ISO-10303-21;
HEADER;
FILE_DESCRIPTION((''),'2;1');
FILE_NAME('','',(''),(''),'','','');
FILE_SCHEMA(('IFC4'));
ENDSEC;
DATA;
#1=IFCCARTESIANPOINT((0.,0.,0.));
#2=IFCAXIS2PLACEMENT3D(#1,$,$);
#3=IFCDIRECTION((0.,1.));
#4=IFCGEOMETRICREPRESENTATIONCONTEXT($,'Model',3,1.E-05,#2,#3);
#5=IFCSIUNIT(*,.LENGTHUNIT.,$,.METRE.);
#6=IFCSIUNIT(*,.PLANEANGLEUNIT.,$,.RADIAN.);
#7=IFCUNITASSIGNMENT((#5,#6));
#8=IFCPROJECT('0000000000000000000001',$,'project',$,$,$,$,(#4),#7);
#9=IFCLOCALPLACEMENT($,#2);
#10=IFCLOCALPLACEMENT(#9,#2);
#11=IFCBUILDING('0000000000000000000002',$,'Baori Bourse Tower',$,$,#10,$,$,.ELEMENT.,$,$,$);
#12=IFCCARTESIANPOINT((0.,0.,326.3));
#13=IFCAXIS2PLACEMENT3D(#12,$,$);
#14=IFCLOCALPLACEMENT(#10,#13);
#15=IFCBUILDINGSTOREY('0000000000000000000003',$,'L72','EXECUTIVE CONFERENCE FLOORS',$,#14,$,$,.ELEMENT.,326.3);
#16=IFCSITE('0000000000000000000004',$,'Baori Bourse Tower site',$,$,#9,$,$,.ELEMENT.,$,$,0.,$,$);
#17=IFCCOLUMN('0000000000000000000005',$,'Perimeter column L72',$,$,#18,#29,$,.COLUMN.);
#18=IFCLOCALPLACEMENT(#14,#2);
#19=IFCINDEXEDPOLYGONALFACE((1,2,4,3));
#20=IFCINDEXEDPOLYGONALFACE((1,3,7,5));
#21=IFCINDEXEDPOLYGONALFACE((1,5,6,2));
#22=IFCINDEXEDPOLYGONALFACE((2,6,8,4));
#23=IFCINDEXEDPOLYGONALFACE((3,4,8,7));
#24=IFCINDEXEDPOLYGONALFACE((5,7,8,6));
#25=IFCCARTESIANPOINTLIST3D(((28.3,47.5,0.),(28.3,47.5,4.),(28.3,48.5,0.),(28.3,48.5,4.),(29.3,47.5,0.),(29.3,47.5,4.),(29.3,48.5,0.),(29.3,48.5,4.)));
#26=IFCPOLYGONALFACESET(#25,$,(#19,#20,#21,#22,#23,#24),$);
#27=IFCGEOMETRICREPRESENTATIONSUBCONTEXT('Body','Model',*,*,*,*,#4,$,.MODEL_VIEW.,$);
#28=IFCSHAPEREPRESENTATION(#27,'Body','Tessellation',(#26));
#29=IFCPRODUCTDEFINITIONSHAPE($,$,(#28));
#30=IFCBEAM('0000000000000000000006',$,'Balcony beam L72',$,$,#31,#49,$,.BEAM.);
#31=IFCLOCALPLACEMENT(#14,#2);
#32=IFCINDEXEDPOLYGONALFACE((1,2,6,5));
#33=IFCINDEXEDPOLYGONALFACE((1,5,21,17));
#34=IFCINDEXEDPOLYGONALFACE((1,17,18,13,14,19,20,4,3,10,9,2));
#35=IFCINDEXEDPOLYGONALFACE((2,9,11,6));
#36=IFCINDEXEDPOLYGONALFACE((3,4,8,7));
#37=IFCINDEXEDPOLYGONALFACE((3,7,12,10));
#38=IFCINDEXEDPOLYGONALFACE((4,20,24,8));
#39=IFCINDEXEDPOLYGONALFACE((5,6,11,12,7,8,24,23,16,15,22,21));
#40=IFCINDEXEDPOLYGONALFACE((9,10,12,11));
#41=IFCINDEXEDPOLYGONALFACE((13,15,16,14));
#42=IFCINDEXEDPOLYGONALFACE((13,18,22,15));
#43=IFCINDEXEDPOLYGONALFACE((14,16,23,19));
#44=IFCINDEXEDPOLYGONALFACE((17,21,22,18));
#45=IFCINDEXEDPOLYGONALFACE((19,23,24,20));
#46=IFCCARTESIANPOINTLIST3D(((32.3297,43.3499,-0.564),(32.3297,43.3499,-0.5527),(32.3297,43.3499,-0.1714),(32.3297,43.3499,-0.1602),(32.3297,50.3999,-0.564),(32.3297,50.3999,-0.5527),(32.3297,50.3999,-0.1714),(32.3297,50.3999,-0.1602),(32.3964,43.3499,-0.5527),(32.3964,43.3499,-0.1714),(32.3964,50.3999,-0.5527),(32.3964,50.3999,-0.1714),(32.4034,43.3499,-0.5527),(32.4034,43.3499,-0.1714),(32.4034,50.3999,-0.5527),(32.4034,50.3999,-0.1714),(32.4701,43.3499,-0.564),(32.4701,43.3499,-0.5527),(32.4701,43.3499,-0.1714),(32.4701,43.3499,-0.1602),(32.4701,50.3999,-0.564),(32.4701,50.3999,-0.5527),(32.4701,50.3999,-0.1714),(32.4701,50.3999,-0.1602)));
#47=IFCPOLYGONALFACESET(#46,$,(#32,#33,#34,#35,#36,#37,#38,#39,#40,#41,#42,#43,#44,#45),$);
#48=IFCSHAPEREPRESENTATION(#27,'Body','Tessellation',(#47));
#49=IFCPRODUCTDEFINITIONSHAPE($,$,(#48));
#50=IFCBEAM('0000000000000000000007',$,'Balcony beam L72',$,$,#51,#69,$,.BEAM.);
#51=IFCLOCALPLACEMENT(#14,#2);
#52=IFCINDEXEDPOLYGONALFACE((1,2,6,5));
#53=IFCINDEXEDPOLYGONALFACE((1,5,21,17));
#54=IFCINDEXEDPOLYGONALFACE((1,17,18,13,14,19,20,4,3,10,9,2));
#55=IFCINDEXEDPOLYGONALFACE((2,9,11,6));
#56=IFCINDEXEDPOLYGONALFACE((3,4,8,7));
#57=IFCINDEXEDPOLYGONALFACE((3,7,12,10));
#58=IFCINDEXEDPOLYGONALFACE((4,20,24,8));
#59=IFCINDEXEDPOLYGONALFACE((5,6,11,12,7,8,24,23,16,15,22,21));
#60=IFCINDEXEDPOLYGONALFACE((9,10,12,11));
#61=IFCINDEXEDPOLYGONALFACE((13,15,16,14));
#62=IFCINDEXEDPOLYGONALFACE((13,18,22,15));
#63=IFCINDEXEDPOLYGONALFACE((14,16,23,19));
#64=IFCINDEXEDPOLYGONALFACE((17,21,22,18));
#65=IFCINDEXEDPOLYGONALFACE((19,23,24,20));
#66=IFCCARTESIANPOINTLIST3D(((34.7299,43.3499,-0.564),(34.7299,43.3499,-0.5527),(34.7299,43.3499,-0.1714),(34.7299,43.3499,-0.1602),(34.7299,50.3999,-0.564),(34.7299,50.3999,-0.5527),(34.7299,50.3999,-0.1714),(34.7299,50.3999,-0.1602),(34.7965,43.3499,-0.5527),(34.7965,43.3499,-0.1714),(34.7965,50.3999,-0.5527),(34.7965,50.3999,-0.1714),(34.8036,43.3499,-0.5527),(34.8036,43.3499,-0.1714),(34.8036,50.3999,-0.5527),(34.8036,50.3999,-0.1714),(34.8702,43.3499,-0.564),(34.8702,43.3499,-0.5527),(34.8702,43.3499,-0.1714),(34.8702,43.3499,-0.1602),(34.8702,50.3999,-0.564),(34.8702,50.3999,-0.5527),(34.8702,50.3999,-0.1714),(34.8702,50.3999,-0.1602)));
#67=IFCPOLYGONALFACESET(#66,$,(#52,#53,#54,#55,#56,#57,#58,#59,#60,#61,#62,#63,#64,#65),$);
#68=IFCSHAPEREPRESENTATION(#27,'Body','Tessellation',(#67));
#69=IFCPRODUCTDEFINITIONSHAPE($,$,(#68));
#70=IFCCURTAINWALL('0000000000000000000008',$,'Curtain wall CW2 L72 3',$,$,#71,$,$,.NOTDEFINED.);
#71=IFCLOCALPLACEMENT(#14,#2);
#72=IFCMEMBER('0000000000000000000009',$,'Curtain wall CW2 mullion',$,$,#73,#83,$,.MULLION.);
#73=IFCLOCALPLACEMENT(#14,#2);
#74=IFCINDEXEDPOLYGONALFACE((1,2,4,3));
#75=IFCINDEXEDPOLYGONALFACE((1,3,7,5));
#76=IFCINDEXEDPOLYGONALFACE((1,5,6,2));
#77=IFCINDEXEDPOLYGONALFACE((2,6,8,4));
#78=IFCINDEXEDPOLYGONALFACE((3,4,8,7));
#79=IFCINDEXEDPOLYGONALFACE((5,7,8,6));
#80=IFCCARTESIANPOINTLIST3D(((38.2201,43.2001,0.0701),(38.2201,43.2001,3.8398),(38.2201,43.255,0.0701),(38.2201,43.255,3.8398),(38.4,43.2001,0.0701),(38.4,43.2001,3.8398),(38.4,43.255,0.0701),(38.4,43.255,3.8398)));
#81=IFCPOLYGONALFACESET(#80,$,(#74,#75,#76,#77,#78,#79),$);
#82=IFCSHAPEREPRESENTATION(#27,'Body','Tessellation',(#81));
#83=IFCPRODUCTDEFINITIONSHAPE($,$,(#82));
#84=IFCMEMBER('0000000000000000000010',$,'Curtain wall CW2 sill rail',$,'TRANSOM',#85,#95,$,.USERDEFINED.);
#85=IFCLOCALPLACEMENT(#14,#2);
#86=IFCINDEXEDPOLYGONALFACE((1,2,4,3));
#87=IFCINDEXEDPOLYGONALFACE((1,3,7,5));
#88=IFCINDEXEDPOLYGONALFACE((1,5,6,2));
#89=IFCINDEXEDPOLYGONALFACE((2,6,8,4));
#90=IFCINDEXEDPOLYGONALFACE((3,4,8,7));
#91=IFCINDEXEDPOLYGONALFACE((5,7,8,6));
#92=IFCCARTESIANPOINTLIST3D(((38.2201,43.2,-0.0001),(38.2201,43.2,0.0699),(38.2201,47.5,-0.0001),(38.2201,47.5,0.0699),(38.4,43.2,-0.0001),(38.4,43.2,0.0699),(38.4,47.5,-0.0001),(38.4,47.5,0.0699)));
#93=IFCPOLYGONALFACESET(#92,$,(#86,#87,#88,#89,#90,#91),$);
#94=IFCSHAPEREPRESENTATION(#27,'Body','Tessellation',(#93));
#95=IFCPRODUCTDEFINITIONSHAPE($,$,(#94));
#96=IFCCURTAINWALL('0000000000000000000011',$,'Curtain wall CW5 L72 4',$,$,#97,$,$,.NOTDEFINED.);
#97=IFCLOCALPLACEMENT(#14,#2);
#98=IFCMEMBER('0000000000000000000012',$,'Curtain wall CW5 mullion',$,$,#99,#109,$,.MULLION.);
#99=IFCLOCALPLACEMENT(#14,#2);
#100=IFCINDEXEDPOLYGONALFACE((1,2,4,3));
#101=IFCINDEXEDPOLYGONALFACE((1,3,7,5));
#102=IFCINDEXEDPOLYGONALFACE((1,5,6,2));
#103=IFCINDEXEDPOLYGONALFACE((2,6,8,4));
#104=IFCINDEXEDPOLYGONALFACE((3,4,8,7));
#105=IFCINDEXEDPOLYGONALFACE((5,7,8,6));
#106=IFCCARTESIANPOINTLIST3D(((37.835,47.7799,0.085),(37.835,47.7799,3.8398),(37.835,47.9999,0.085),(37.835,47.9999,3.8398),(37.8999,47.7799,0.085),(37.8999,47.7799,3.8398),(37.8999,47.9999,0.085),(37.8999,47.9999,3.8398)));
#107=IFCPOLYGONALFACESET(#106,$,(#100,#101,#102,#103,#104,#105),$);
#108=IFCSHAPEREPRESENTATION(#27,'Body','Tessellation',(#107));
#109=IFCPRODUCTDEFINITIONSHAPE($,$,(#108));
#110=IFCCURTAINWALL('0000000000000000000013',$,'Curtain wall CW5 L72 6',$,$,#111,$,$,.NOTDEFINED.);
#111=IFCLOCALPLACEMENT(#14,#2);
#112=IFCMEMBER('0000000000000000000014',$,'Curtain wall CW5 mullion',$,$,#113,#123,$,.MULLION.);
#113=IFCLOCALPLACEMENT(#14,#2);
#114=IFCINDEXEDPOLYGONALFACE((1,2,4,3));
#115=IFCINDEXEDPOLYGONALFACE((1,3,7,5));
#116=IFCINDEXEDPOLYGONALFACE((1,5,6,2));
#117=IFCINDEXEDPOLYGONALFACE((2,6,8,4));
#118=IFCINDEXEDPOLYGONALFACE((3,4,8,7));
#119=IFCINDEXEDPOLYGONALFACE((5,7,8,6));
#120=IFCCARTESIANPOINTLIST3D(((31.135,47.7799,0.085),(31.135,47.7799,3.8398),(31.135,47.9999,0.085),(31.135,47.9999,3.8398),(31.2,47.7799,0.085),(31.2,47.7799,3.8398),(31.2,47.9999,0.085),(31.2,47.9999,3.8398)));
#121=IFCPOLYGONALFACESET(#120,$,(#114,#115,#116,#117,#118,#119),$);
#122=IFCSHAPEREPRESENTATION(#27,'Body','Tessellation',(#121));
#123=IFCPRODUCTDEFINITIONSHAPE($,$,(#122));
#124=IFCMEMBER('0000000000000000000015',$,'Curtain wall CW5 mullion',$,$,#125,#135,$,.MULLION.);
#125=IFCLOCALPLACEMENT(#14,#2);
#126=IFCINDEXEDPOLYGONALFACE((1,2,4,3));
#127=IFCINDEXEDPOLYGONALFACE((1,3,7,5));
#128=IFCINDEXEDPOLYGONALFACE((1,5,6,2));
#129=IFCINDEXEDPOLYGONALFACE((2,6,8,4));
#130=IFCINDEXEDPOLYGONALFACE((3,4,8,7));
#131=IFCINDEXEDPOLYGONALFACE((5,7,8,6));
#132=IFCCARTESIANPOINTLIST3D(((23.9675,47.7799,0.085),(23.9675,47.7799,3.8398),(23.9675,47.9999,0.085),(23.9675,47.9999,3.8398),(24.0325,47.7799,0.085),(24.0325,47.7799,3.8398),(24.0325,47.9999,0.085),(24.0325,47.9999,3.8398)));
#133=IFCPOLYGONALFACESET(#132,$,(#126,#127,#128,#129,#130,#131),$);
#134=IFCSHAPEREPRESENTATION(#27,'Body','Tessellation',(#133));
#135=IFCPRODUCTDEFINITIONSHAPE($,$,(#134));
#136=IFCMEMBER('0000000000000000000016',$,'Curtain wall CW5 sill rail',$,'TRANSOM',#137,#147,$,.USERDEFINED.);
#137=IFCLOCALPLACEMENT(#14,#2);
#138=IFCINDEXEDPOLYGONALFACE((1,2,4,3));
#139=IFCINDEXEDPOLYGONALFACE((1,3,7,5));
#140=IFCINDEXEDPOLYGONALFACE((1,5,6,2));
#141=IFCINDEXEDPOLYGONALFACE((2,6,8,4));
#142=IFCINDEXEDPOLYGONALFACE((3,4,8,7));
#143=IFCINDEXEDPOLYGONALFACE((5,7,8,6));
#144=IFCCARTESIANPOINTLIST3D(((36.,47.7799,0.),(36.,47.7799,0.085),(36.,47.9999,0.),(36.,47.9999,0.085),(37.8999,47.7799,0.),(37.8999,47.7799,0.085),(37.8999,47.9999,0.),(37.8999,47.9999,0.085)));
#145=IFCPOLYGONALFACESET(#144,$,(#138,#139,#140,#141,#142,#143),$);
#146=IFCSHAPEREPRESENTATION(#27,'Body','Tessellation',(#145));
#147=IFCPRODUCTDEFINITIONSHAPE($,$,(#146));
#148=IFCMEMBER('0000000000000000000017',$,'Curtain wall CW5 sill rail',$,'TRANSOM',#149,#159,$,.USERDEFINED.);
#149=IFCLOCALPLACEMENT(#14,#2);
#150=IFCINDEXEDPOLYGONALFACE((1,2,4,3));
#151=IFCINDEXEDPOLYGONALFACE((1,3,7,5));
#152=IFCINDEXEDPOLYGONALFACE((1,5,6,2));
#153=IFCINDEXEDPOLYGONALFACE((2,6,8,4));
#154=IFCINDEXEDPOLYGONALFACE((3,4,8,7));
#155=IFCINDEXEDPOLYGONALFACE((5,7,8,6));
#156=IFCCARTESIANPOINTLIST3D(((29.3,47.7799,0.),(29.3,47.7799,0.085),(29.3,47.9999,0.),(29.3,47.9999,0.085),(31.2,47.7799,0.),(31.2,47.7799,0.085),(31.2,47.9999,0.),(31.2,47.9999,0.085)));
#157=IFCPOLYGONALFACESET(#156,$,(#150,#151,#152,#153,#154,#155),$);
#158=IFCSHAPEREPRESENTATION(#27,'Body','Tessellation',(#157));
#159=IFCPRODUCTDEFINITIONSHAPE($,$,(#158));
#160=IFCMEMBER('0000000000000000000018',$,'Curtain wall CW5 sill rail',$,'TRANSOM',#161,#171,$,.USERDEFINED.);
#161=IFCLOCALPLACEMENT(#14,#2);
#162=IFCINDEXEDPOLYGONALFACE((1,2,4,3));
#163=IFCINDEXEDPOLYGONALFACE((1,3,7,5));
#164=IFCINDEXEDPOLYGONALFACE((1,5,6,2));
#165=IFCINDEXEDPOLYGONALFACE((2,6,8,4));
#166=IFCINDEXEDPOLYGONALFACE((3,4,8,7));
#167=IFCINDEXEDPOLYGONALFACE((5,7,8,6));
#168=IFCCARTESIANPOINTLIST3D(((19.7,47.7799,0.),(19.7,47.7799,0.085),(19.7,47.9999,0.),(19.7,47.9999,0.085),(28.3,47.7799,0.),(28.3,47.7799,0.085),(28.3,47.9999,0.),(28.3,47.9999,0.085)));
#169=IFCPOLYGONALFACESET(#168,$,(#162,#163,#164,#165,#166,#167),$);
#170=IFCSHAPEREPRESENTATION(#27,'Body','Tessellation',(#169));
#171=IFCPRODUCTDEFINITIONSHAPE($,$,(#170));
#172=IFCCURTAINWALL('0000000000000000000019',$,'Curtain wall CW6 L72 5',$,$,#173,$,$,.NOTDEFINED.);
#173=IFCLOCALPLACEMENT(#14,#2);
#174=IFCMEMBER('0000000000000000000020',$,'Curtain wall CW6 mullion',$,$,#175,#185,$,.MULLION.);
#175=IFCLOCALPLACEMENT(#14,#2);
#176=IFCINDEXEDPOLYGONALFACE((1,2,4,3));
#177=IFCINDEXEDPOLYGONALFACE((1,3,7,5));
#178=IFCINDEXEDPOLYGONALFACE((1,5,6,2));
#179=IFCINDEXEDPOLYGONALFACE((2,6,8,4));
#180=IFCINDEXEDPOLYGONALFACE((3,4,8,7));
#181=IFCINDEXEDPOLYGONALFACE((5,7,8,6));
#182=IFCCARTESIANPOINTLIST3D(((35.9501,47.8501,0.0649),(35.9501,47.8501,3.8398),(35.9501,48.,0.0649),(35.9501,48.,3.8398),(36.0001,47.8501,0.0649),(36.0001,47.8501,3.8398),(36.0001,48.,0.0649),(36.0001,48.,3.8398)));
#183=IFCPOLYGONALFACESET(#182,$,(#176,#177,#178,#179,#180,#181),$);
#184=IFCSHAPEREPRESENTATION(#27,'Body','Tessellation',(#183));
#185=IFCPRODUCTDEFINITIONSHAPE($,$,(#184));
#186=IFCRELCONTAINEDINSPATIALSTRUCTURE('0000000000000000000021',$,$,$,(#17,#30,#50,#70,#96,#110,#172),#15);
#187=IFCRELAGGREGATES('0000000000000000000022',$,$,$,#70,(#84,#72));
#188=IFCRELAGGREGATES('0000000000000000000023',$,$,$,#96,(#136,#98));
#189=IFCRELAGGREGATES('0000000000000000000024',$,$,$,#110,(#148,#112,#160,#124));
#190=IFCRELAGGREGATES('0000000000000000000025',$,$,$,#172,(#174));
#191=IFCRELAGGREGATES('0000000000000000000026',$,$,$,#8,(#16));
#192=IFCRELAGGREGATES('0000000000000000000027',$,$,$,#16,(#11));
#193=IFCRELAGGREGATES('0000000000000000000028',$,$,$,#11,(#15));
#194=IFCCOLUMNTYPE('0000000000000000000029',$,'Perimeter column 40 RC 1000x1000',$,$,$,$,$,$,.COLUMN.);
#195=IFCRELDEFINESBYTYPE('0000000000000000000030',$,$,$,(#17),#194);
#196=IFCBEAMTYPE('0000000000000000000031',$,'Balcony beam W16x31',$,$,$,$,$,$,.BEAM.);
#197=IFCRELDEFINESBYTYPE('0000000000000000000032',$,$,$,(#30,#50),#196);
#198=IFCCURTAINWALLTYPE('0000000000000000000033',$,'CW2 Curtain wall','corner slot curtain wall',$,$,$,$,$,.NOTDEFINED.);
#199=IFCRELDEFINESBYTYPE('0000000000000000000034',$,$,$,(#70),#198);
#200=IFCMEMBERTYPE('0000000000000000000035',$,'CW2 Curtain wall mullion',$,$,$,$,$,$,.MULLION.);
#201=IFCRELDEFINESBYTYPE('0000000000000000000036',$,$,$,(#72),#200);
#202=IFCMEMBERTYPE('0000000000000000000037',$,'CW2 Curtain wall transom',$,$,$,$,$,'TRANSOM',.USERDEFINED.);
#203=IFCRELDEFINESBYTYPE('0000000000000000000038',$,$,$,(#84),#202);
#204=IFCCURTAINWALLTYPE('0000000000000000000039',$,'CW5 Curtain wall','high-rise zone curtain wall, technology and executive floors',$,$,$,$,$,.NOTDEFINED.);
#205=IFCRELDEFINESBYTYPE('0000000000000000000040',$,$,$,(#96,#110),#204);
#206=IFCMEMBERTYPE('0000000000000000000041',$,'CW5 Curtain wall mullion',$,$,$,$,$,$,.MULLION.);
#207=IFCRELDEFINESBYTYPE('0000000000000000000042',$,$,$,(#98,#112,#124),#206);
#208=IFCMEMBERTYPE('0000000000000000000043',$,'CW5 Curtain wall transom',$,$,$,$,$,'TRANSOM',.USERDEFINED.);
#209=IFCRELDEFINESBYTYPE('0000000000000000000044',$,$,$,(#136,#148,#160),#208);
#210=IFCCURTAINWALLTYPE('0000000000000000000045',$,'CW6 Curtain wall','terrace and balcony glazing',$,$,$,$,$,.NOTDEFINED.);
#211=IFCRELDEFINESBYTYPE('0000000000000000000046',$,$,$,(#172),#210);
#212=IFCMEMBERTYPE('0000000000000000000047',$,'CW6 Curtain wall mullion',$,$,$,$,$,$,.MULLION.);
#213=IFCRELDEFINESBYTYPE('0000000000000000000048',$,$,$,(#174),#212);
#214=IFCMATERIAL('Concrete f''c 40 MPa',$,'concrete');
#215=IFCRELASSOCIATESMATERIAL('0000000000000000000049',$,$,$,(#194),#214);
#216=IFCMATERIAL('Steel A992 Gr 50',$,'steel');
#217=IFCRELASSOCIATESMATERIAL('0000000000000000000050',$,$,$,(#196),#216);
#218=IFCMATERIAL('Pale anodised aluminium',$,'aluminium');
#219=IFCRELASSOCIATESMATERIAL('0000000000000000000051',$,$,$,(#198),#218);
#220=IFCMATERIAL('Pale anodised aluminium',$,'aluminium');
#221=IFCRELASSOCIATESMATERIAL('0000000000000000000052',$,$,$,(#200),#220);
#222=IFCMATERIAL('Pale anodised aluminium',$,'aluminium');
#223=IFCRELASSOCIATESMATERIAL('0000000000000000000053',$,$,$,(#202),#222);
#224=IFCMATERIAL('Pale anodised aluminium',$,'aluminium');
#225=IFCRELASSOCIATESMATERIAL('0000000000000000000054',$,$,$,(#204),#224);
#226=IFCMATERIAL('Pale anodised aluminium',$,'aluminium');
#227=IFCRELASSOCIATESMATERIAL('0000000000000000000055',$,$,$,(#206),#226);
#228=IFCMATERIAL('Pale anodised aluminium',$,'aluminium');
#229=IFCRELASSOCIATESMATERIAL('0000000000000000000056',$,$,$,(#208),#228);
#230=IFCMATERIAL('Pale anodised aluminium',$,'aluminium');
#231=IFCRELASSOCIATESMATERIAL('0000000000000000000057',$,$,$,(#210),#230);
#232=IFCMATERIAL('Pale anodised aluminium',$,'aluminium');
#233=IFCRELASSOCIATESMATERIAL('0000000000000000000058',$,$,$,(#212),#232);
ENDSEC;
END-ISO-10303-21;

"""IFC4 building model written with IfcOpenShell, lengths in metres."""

from ifc_helpers import new_model, si_unit, direction, frame, origin, origin_2d, place, context, subcontext, project, spatial, rectangle, i_section, extrude, material, material_profile, profile_set, type_object, element, aggregate, save


model = new_model("IFC4")

# Units and contexts
model_context = context("Model", 3, precision=1e-05, world=origin(), true_north=direction((0.0, 1.0)))
body_context = subcontext(model_context, "Body", "Model", "MODEL_VIEW")
ifc_project = project(units=[si_unit("LENGTHUNIT", "METRE"), si_unit("PLANEANGLEUNIT", "RADIAN")], contexts=[model_context])

# Site, building, storey
site_placement = place(None, origin())
site = spatial("IfcSite", under=ifc_project, at=site_placement, Name="Baori Bourse Tower site", CompositionType="ELEMENT", RefElevation=0.0)
building_placement = place(site_placement, origin())
building = spatial("IfcBuilding", under=site, at=building_placement, Name="Baori Bourse Tower", CompositionType="ELEMENT")
storey_placement = place(building_placement, frame((0.0, 0.0, 326.3)))
storey = spatial("IfcBuildingStorey", under=building, at=storey_placement, Name="L72", Description="EXECUTIVE CONFERENCE FLOORS", CompositionType="ELEMENT", Elevation=326.3)

# Column
ifc_material_1 = material(Name="Concrete f'c 40 MPa", Category="concrete")
ifc_material_profile_1 = material_profile(ifc_material_1, rectangle(XDim=1.0, YDim=1.0, at=origin_2d()), Name="RC 1000x1000")
ifc_profile_set_1 = profile_set([ifc_material_profile_1], Name="Concrete f'c 40 MPa")
column_type = type_object("IfcColumnType", Name="Perimeter column 40 RC 1000x1000", PredefinedType="COLUMN", material=ifc_profile_set_1)
column_placement = place(storey_placement, frame((28.8, 48.0, 0.0), z_axis=(0.0, 0.0, 1.0), x_axis=(1.0, 0.0, 0.0)))
element("IfcColumn", 1, at=column_placement, inside=storey, type_object=column_type, Name="Perimeter column L72", PredefinedType="COLUMN", context=body_context, shape_type="SweptSolid", body=[
    extrude(rectangle(XDim=1.0, YDim=1.0, at=origin_2d()), origin(), (0.0, 0.0, 1.0), 4.0),
])

# Beams
ifc_material_2 = material(Name="Steel A992 Gr 50", Category="steel")
ifc_material_profile_2 = material_profile(ifc_material_2, i_section(OverallWidth=0.1404, OverallDepth=0.4038, WebThickness=0.0071, FlangeThickness=0.0112, at=origin_2d()), Name="W16x31")
ifc_profile_set_2 = profile_set([ifc_material_profile_2], Name="Steel A992 Gr 50")
beam_type_1 = type_object("IfcBeamType", Name="Balcony beam W16x31", PredefinedType="BEAM", material=ifc_profile_set_2)
for number, where, z_axis, x_axis, name in (
    (2, (32.3999, 50.3999, -0.3621), (0.0, -1.0, 0.0), (1.0, 0.0, 0.0), "Balcony beam L72"),
    (3, (34.8, 50.3999, -0.3621), (0.0, -1.0, 0.0), (1.0, 0.0, 0.0), "Balcony beam L72"),
):
    element("IfcBeam", number, at=place(storey_placement, frame(where, z_axis=z_axis, x_axis=x_axis)), inside=storey, type_object=beam_type_1, Name=name, PredefinedType="BEAM", context=body_context, shape_type="SweptSolid", body=[
        extrude(i_section(OverallWidth=0.1404, OverallDepth=0.4038, WebThickness=0.0071, FlangeThickness=0.0112, at=origin_2d()), origin(), (0.0, 0.0, 1.0), 7.05),
    ])

# Curtain wall, members
ifc_material_3 = material(Name="Pale anodised aluminium", Category="aluminium")
curtain_wall_type_1 = type_object("IfcCurtainWallType", Name="CW2 Curtain wall", Description="corner slot curtain wall", PredefinedType="NOTDEFINED", material=ifc_material_3)
curtain_wall_1_placement = place(storey_placement, origin())
curtain_wall_1 = element("IfcCurtainWall", 4, at=curtain_wall_1_placement, inside=storey, type_object=curtain_wall_type_1, Name="Curtain wall CW2 L72 3", PredefinedType="NOTDEFINED")
ifc_material_4 = material(Name="Pale anodised aluminium", Category="aluminium")
ifc_material_profile_3 = material_profile(ifc_material_4, rectangle(XDim=0.1799, YDim=0.0549, at=origin_2d()), Name="Mullion 55x180")
ifc_profile_set_3 = profile_set([ifc_material_profile_3], Name="Pale anodised aluminium")
member_type_1 = type_object("IfcMemberType", Name="CW2 Curtain wall mullion", PredefinedType="MULLION", material=ifc_profile_set_3)
member_1_placement = place(storey_placement, frame((38.3101, 43.2275, 0.0701), z_axis=(0.0, 0.0, 1.0), x_axis=(-1.0, 0.0, 0.0)))
member_1 = element("IfcMember", 5, at=member_1_placement, type_object=member_type_1, Name="Curtain wall CW2 mullion", PredefinedType="MULLION", context=body_context, shape_type="SweptSolid", body=[
    extrude(rectangle(XDim=0.1799, YDim=0.0549, at=origin_2d()), origin(), (0.0, 0.0, 1.0), 3.7698),
])
ifc_material_5 = material(Name="Pale anodised aluminium", Category="aluminium")
ifc_material_profile_4 = material_profile(ifc_material_5, rectangle(XDim=0.1799, YDim=0.0701, at=origin_2d()), Name="Transom 70x180")
ifc_profile_set_4 = profile_set([ifc_material_profile_4], Name="Pale anodised aluminium")
member_type_2 = type_object("IfcMemberType", Name="CW2 Curtain wall transom", ElementType="TRANSOM", PredefinedType="USERDEFINED", material=ifc_profile_set_4)
member_2_placement = place(storey_placement, frame((38.3101, 43.2, 0.0349), z_axis=(0.0, 1.0, 0.0), x_axis=(-1.0, 0.0, 0.0)))
member_2 = element("IfcMember", 6, at=member_2_placement, type_object=member_type_2, Name="Curtain wall CW2 sill rail", ObjectType="TRANSOM", PredefinedType="USERDEFINED", context=body_context, shape_type="SweptSolid", body=[
    extrude(rectangle(XDim=0.1799, YDim=0.0701, at=origin_2d()), origin(), (0.0, 0.0, 1.0), 4.3),
])

# Curtain wall, member
ifc_material_6 = material(Name="Pale anodised aluminium", Category="aluminium")
curtain_wall_type_2 = type_object("IfcCurtainWallType", Name="CW5 Curtain wall", Description="high-rise zone curtain wall, technology and executive floors", PredefinedType="NOTDEFINED", material=ifc_material_6)
curtain_wall_2_placement = place(storey_placement, origin())
curtain_wall_2 = element("IfcCurtainWall", 7, at=curtain_wall_2_placement, inside=storey, type_object=curtain_wall_type_2, Name="Curtain wall CW5 L72 4", PredefinedType="NOTDEFINED")
ifc_material_7 = material(Name="Pale anodised aluminium", Category="aluminium")
ifc_material_profile_5 = material_profile(ifc_material_7, rectangle(XDim=0.22, YDim=0.0649, at=origin_2d()), Name="Mullion 65x220")
ifc_profile_set_5 = profile_set([ifc_material_profile_5], Name="Pale anodised aluminium")
member_type_3 = type_object("IfcMemberType", Name="CW5 Curtain wall mullion", PredefinedType="MULLION", material=ifc_profile_set_5)
member_3_placement = place(storey_placement, frame((37.8674, 47.8899, 0.085), z_axis=(0.0, 0.0, 1.0), x_axis=(0.0, -1.0, 0.0)))
member_3 = element("IfcMember", 8, at=member_3_placement, type_object=member_type_3, Name="Curtain wall CW5 mullion", PredefinedType="MULLION", context=body_context, shape_type="SweptSolid", body=[
    extrude(rectangle(XDim=0.22, YDim=0.0649, at=origin_2d()), origin(), (0.0, 0.0, 1.0), 3.7549),
])

# Curtain wall, members
curtain_wall_3_placement = place(storey_placement, origin())
curtain_wall_3 = element("IfcCurtainWall", 9, at=curtain_wall_3_placement, inside=storey, type_object=curtain_wall_type_2, Name="Curtain wall CW5 L72 6", PredefinedType="NOTDEFINED")
member_4_placement = place(storey_placement, frame((31.1675, 47.8899, 0.085), z_axis=(0.0, 0.0, 1.0), x_axis=(0.0, -1.0, 0.0)))
member_4 = element("IfcMember", 10, at=member_4_placement, type_object=member_type_3, Name="Curtain wall CW5 mullion", PredefinedType="MULLION", context=body_context, shape_type="SweptSolid", body=[
    extrude(rectangle(XDim=0.22, YDim=0.0649, at=origin_2d()), origin(), (0.0, 0.0, 1.0), 3.7549),
])
member_5_placement = place(storey_placement, frame((24.0, 47.8899, 0.085), z_axis=(0.0, 0.0, 1.0), x_axis=(0.0, -1.0, 0.0)))
member_5 = element("IfcMember", 11, at=member_5_placement, type_object=member_type_3, Name="Curtain wall CW5 mullion", PredefinedType="MULLION", context=body_context, shape_type="SweptSolid", body=[
    extrude(rectangle(XDim=0.22, YDim=0.0649, at=origin_2d()), origin(), (0.0, 0.0, 1.0), 3.7549),
])

# Members
ifc_material_8 = material(Name="Pale anodised aluminium", Category="aluminium")
ifc_material_profile_6 = material_profile(ifc_material_8, rectangle(XDim=0.22, YDim=0.085, at=origin_2d()), Name="Transom 85x220")
ifc_profile_set_6 = profile_set([ifc_material_profile_6], Name="Pale anodised aluminium")
member_type_4 = type_object("IfcMemberType", Name="CW5 Curtain wall transom", ElementType="TRANSOM", PredefinedType="USERDEFINED", material=ifc_profile_set_6)
member_6_placement = place(storey_placement, frame((37.8999, 47.8899, 0.0425), z_axis=(-1.0, 0.0, 0.0), x_axis=(0.0, -1.0, 0.0)))
member_6 = element("IfcMember", 12, at=member_6_placement, type_object=member_type_4, Name="Curtain wall CW5 sill rail", ObjectType="TRANSOM", PredefinedType="USERDEFINED", context=body_context, shape_type="SweptSolid", body=[
    extrude(rectangle(XDim=0.22, YDim=0.085, at=origin_2d()), origin(), (0.0, 0.0, 1.0), 1.8999),
])
member_7_placement = place(storey_placement, frame((31.2, 47.8899, 0.0425), z_axis=(-1.0, 0.0, 0.0), x_axis=(0.0, -1.0, 0.0)))
member_7 = element("IfcMember", 13, at=member_7_placement, type_object=member_type_4, Name="Curtain wall CW5 sill rail", ObjectType="TRANSOM", PredefinedType="USERDEFINED", context=body_context, shape_type="SweptSolid", body=[
    extrude(rectangle(XDim=0.22, YDim=0.085, at=origin_2d()), origin(), (0.0, 0.0, 1.0), 1.8999),
])
member_8_placement = place(storey_placement, frame((28.3, 47.8899, 0.0425), z_axis=(-1.0, 0.0, 0.0), x_axis=(0.0, -1.0, 0.0)))
member_8 = element("IfcMember", 14, at=member_8_placement, type_object=member_type_4, Name="Curtain wall CW5 sill rail", ObjectType="TRANSOM", PredefinedType="USERDEFINED", context=body_context, shape_type="SweptSolid", body=[
    extrude(rectangle(XDim=0.22, YDim=0.085, at=origin_2d()), origin(), (0.0, 0.0, 1.0), 8.6001),
])

# Curtain wall, member
ifc_material_9 = material(Name="Pale anodised aluminium", Category="aluminium")
curtain_wall_type_3 = type_object("IfcCurtainWallType", Name="CW6 Curtain wall", Description="terrace and balcony glazing", PredefinedType="NOTDEFINED", material=ifc_material_9)
curtain_wall_4_placement = place(storey_placement, origin())
curtain_wall_4 = element("IfcCurtainWall", 15, at=curtain_wall_4_placement, inside=storey, type_object=curtain_wall_type_3, Name="Curtain wall CW6 L72 5", PredefinedType="NOTDEFINED")
ifc_material_10 = material(Name="Pale anodised aluminium", Category="aluminium")
ifc_material_profile_7 = material_profile(ifc_material_10, rectangle(XDim=0.1499, YDim=0.05, at=origin_2d()), Name="Mullion 50x150")
ifc_profile_set_7 = profile_set([ifc_material_profile_7], Name="Pale anodised aluminium")
member_type_5 = type_object("IfcMemberType", Name="CW6 Curtain wall mullion", PredefinedType="MULLION", material=ifc_profile_set_7)
member_9_placement = place(storey_placement, frame((35.9751, 47.925, 0.0649), z_axis=(0.0, 0.0, 1.0), x_axis=(0.0, -1.0, 0.0)))
member_9 = element("IfcMember", 16, at=member_9_placement, type_object=member_type_5, Name="Curtain wall CW6 mullion", PredefinedType="MULLION", context=body_context, shape_type="SweptSolid", body=[
    extrude(rectangle(XDim=0.1499, YDim=0.05, at=origin_2d()), origin(), (0.0, 0.0, 1.0), 3.7749),
])

aggregate(curtain_wall_1, [member_2, member_1])
aggregate(curtain_wall_2, [member_6, member_3])
aggregate(curtain_wall_3, [member_7, member_4, member_8, member_5])
aggregate(curtain_wall_4, [member_9])

save(model, "model.ifc")
